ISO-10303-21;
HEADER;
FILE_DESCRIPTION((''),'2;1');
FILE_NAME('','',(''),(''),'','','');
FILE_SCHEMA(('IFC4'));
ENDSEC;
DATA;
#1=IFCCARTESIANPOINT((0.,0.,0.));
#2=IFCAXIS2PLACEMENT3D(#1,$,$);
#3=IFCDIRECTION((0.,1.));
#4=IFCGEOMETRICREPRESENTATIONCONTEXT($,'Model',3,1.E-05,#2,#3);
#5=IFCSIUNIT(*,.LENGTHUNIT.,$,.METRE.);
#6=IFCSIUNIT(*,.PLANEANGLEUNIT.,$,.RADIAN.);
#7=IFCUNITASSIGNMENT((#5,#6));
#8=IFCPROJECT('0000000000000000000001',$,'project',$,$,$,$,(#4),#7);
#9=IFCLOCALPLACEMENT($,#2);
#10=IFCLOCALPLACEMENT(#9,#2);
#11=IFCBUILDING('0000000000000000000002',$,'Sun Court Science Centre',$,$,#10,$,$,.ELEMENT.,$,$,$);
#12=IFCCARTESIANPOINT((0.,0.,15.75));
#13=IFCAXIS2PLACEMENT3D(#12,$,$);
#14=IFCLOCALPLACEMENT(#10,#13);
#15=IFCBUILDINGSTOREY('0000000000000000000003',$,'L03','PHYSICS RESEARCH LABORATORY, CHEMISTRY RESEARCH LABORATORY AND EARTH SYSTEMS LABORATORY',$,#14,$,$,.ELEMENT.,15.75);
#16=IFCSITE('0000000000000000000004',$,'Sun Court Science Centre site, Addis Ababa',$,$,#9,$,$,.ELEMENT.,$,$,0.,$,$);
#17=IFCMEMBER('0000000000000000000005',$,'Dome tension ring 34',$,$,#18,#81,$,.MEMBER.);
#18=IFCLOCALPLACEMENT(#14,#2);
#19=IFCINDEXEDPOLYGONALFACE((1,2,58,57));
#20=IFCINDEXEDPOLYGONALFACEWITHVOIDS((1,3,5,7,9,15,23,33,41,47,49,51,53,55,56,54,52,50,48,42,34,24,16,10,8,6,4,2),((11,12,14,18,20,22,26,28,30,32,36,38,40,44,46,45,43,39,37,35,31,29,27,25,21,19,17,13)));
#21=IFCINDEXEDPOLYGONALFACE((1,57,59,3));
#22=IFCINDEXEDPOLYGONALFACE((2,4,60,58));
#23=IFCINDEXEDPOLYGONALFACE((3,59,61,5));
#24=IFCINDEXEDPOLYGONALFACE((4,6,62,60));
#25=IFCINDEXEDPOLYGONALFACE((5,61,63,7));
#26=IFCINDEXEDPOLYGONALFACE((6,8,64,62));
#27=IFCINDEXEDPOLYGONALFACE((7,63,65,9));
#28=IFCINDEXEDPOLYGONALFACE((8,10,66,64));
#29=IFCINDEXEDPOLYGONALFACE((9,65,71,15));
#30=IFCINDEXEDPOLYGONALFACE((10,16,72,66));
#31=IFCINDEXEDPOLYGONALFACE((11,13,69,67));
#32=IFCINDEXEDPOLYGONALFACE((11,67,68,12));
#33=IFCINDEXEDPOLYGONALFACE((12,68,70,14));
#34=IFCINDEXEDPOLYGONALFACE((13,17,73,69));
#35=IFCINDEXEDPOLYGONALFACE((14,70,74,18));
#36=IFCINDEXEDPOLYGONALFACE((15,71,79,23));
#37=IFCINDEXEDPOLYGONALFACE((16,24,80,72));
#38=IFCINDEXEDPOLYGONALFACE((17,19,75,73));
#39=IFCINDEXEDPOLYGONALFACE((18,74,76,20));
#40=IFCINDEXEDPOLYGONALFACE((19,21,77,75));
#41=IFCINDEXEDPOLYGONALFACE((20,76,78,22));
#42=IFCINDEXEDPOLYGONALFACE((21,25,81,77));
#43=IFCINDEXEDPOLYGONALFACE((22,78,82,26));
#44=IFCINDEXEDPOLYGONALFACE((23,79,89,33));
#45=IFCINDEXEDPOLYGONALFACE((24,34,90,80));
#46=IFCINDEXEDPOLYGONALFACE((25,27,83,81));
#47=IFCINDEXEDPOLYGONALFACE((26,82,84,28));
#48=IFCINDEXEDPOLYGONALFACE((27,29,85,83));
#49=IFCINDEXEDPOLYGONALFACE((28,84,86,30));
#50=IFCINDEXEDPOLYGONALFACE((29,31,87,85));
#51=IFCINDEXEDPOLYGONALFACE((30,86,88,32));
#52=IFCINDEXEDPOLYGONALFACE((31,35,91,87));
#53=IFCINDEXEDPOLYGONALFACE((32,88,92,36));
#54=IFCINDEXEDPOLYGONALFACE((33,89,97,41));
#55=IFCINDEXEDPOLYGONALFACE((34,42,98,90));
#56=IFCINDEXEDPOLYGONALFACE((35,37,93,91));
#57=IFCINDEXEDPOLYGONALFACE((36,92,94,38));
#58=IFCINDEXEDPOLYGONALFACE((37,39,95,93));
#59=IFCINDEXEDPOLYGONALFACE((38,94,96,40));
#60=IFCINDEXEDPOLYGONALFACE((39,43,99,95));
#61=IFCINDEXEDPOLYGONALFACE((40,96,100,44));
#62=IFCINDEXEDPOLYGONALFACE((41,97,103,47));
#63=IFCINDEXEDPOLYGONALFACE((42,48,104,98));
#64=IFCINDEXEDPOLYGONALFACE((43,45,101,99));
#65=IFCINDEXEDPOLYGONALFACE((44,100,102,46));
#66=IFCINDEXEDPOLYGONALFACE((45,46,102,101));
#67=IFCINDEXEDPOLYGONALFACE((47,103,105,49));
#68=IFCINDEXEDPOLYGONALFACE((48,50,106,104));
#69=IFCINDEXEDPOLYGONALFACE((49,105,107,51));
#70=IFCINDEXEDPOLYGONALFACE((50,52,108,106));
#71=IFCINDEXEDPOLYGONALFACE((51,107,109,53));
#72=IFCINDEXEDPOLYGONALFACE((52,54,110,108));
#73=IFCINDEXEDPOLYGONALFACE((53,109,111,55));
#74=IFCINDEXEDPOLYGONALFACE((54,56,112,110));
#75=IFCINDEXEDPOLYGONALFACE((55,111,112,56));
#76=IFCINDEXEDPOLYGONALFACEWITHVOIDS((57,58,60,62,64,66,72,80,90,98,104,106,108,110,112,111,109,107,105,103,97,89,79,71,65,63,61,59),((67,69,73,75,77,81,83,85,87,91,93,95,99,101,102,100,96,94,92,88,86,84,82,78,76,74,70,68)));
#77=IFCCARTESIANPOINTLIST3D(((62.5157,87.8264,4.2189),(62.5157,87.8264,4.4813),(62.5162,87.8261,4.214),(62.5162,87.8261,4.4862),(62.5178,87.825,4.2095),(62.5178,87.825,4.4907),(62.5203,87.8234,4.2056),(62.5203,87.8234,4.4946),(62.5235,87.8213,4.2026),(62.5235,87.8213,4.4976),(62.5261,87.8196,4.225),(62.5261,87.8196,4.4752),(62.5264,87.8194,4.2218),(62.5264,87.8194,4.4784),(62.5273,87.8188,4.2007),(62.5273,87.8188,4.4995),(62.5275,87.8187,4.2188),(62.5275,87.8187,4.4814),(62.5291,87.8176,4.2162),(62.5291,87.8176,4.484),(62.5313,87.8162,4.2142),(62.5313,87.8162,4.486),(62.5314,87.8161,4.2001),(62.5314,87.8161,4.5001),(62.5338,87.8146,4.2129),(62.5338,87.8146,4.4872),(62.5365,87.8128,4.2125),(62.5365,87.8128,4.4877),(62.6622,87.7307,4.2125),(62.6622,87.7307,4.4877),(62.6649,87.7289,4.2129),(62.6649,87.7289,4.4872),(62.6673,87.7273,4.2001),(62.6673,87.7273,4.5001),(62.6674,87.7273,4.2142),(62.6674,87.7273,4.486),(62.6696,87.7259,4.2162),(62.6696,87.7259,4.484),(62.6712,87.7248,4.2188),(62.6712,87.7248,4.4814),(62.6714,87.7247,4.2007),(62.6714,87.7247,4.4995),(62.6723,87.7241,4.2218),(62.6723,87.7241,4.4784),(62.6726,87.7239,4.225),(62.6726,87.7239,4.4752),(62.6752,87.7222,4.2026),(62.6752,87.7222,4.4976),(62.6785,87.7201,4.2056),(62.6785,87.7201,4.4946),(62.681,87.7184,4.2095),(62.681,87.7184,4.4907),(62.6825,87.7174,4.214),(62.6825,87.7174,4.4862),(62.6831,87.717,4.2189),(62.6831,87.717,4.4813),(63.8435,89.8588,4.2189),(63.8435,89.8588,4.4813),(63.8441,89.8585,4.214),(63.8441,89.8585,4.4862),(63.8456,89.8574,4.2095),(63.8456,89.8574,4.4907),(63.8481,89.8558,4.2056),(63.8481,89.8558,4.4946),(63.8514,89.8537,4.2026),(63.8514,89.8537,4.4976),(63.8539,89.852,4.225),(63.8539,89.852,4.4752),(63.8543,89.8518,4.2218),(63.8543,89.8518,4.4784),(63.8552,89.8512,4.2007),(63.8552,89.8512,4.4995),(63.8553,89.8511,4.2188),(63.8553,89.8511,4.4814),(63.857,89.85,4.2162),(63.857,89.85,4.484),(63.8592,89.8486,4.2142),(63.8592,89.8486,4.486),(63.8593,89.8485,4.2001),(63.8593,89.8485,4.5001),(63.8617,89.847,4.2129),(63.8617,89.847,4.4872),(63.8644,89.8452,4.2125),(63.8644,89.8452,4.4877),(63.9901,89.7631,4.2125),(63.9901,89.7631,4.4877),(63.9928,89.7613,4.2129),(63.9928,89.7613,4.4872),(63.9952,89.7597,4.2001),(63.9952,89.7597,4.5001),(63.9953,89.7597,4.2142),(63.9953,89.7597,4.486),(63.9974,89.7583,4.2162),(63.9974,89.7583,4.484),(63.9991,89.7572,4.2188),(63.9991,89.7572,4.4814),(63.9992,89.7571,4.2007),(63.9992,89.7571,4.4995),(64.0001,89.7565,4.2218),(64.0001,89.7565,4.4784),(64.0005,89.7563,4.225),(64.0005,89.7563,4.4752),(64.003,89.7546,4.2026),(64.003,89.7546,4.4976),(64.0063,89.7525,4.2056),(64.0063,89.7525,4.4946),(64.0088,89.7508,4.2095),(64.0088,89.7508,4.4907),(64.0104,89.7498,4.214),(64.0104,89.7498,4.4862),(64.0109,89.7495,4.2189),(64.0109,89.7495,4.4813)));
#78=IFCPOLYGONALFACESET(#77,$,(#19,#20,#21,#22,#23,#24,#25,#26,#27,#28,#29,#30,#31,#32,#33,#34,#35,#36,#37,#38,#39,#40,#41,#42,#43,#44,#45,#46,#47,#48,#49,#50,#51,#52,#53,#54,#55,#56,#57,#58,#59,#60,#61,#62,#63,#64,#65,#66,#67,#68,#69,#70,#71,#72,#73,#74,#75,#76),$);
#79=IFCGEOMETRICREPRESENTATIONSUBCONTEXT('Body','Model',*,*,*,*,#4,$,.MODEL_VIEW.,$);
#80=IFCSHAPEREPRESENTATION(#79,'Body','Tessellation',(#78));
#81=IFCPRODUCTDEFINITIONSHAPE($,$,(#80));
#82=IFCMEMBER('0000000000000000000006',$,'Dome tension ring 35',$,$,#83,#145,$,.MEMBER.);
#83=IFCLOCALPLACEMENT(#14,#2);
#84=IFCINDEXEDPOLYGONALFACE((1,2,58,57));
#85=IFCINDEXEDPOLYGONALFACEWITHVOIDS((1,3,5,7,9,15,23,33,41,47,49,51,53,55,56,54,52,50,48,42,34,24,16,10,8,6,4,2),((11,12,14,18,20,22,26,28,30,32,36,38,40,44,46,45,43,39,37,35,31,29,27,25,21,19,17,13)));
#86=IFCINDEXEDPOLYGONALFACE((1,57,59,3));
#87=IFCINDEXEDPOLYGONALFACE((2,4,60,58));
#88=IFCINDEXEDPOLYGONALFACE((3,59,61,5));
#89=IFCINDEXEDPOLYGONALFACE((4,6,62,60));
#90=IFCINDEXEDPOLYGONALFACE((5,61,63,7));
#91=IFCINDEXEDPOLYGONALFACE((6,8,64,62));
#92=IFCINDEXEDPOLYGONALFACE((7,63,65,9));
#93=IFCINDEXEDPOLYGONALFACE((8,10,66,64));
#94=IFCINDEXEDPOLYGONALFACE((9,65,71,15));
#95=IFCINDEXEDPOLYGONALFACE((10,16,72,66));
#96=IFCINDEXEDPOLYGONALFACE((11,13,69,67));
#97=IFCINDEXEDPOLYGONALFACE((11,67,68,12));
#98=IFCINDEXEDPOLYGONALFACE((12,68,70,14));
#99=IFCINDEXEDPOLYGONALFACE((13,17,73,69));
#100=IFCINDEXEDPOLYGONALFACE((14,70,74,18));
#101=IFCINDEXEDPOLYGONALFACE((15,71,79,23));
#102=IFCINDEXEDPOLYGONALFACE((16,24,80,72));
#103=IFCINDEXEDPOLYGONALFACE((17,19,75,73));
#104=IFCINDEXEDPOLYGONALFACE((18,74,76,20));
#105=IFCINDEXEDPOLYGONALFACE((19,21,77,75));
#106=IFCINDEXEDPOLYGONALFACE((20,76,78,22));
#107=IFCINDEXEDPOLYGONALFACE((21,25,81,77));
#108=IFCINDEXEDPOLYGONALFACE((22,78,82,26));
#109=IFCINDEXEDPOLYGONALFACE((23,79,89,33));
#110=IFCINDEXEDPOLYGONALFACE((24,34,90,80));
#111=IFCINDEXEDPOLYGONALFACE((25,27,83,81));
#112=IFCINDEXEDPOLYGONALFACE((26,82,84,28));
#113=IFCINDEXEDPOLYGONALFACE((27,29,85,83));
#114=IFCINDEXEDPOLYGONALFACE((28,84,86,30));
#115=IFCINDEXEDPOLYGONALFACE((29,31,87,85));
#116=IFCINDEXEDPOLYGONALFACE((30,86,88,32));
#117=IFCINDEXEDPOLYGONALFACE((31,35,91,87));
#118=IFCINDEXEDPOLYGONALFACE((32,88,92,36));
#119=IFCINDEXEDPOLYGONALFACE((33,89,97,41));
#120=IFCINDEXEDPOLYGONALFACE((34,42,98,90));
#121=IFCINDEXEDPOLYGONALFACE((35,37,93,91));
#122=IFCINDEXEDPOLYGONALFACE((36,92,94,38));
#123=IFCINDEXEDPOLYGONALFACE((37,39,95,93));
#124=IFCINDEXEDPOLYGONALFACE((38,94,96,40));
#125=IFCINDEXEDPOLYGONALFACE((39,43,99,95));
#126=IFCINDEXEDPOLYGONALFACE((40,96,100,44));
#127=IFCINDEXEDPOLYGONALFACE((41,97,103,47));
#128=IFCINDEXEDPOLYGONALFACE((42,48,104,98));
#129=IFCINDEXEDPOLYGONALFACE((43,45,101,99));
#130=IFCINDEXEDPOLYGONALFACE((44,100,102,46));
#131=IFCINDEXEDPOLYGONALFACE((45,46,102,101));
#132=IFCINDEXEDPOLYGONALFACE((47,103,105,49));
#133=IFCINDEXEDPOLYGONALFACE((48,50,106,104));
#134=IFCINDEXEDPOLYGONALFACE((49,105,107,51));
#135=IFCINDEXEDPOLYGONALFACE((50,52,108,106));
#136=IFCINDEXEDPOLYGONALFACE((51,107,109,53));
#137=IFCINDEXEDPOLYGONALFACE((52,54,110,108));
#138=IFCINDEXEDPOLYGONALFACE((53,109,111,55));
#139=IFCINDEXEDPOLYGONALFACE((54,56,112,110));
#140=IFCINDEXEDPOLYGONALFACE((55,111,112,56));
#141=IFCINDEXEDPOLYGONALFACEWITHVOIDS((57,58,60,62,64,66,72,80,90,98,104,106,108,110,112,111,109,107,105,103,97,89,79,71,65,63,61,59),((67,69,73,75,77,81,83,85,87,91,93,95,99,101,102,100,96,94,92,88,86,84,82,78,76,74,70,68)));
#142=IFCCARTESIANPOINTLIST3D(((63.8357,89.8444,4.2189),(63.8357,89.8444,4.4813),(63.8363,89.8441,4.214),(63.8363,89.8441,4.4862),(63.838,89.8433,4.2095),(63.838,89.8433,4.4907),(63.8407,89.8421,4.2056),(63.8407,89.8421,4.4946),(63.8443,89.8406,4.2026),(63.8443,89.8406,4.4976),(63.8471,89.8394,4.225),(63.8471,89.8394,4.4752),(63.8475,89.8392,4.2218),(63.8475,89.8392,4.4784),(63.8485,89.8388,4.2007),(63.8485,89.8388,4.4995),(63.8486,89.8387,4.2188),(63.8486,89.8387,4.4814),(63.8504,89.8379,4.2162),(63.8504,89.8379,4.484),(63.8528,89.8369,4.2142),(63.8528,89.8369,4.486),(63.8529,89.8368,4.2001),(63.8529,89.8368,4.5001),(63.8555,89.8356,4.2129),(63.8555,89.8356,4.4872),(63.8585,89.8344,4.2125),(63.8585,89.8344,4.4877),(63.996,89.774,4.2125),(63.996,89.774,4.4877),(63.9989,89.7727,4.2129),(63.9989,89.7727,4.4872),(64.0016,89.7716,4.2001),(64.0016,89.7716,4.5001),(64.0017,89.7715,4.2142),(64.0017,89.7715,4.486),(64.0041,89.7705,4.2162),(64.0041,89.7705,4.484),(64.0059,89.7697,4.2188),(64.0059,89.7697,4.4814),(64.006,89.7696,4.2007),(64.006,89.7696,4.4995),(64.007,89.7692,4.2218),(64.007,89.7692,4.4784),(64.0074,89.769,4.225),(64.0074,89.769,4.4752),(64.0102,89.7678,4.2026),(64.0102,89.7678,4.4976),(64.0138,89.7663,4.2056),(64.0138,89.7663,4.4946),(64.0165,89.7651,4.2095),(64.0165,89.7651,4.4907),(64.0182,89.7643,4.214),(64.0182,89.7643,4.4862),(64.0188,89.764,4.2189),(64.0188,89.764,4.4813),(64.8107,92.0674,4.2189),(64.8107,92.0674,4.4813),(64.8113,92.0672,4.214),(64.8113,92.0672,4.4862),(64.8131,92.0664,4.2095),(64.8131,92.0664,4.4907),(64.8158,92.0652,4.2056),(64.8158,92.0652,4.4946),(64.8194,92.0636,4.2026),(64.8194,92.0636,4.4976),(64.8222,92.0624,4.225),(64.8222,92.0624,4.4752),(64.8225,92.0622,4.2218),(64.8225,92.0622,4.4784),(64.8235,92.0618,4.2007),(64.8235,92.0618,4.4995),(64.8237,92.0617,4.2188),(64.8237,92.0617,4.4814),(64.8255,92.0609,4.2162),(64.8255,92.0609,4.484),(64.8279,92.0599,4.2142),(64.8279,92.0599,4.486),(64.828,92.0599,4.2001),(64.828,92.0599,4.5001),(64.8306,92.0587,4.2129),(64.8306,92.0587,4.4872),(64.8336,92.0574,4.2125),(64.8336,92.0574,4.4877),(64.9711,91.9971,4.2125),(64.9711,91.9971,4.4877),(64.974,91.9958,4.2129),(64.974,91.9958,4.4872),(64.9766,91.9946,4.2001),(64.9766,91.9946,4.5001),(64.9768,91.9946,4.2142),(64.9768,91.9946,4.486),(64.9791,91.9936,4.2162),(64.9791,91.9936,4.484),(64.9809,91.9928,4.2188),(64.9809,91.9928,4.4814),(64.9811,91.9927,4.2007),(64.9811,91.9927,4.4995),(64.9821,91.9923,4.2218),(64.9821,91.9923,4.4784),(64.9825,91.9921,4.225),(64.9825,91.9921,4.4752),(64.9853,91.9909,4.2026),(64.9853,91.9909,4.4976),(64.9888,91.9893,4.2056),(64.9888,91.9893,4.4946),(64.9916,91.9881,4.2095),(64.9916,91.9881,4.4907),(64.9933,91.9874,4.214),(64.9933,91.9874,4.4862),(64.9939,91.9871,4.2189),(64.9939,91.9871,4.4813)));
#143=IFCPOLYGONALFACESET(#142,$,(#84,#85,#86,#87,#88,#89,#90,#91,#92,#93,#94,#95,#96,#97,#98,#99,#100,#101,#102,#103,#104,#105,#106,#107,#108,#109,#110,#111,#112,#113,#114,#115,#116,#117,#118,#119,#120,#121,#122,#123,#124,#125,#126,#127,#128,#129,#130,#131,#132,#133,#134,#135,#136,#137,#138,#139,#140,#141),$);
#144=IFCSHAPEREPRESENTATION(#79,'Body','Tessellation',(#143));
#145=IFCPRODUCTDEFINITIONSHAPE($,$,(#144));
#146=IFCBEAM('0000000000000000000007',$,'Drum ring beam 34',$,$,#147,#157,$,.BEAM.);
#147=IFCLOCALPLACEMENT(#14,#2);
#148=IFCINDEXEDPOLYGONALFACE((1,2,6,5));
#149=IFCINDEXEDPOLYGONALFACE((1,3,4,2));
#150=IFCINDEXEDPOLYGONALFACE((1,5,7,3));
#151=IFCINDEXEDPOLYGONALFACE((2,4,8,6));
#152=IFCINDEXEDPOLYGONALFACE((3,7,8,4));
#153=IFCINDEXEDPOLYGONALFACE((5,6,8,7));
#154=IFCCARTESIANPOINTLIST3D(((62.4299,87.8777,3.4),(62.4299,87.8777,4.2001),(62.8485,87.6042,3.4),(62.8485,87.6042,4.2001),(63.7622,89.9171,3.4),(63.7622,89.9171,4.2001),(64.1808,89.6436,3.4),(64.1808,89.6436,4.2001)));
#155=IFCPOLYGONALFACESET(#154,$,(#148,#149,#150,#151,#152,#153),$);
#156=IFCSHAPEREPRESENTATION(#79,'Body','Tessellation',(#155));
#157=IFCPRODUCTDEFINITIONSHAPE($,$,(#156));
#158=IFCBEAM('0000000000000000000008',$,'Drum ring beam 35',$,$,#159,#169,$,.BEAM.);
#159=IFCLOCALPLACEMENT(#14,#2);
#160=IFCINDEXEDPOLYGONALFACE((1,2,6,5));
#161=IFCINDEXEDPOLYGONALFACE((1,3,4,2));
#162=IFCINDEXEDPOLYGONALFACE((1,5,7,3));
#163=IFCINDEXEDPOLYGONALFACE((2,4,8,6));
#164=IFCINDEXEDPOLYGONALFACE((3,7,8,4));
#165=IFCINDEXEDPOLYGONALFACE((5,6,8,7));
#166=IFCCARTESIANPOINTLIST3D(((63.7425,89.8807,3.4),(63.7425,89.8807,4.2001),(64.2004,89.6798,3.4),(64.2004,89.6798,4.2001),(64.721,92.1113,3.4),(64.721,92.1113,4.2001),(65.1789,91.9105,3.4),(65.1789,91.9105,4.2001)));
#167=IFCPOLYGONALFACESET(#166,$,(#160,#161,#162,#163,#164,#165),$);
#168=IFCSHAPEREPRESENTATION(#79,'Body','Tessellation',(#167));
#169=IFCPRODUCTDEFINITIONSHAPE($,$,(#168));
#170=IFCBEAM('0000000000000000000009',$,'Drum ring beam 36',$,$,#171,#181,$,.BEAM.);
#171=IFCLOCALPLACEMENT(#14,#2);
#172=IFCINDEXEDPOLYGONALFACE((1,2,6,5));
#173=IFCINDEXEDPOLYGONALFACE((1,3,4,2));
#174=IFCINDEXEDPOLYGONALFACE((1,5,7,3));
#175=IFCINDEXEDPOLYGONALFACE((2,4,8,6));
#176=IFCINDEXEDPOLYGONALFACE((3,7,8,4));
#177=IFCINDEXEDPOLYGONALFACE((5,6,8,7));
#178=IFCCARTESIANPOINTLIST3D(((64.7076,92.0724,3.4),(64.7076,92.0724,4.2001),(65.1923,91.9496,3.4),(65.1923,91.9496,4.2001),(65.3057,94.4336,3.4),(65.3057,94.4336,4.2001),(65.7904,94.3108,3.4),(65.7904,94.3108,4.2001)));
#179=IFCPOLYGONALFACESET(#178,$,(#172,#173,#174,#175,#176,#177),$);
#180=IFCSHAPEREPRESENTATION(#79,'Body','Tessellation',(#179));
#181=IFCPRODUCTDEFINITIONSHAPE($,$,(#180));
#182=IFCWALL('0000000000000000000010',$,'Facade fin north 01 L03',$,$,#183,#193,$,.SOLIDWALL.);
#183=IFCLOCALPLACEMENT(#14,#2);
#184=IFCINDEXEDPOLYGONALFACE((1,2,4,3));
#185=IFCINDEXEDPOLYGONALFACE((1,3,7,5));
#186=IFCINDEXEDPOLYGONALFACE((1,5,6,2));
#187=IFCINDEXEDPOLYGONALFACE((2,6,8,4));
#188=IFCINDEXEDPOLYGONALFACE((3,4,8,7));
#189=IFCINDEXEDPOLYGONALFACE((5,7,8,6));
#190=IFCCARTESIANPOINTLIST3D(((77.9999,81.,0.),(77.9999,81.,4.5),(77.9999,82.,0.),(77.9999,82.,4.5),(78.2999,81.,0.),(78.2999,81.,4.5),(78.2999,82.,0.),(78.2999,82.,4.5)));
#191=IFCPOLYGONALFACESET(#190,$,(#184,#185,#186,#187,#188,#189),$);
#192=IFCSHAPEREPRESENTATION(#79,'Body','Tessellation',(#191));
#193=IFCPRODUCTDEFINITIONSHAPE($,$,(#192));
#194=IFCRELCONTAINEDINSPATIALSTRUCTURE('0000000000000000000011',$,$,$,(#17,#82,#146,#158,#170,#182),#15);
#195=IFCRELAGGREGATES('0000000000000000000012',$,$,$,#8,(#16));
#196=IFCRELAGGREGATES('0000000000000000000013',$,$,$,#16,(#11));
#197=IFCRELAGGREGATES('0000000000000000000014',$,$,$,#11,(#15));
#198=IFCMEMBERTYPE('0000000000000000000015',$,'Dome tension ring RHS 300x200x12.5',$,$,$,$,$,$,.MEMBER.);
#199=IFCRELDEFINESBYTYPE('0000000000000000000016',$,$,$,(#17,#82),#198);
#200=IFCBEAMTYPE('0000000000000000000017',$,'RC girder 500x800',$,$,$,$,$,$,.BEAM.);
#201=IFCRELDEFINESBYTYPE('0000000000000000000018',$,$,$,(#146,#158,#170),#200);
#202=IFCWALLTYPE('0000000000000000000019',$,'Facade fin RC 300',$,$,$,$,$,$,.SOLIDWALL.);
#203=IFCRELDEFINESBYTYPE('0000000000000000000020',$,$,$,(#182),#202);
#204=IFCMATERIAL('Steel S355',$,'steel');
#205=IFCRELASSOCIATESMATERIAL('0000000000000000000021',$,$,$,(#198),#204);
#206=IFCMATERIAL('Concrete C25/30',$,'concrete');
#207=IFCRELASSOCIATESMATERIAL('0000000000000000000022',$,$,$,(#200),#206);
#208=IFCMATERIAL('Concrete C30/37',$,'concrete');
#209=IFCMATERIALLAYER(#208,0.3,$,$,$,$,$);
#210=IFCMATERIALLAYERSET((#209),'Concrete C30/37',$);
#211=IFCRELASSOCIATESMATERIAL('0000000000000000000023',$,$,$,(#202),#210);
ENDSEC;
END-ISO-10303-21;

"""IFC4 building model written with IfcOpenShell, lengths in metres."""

from ifc_helpers import new_model, si_unit, direction, frame, frame_2d, origin, origin_2d, place, context, subcontext, project, spatial, rectangle, hollow_rectangle, extrude, material, layer, layer_set, material_profile, profile_set, type_object, element, save


model = new_model("IFC4")

# Units and contexts
model_context = context("Model", 3, precision=1e-05, world=origin(), true_north=direction((0.0, 1.0)))
body_context = subcontext(model_context, "Body", "Model", "MODEL_VIEW")
ifc_project = project(units=[si_unit("LENGTHUNIT", "METRE"), si_unit("PLANEANGLEUNIT", "RADIAN")], contexts=[model_context])

# Site, building, storey
site_placement = place(None, origin())
site = spatial("IfcSite", under=ifc_project, at=site_placement, Name="Sun Court Science Centre site, Addis Ababa", CompositionType="ELEMENT", RefElevation=0.0)
building_placement = place(site_placement, origin())
building = spatial("IfcBuilding", under=site, at=building_placement, Name="Sun Court Science Centre", CompositionType="ELEMENT")
storey_placement = place(building_placement, frame((0.0, 0.0, 15.75)))
storey = spatial("IfcBuildingStorey", under=building, at=storey_placement, Name="L03", Description="PHYSICS RESEARCH LABORATORY, CHEMISTRY RESEARCH LABORATORY AND EARTH SYSTEMS LABORATORY", CompositionType="ELEMENT", Elevation=15.75)

# Members
ifc_material_1 = material(Name="Steel S355", Category="steel")
ifc_material_profile_1 = material_profile(ifc_material_1, hollow_rectangle(XDim=0.2, YDim=0.3, WallThickness=0.0125, InnerFilletRadius=0.0125, OuterFilletRadius=0.0188, at=origin_2d()), Name="RHS 300x200x12.5")
ifc_profile_set_1 = profile_set([ifc_material_profile_1], Name="Steel S355")
member_type_1 = type_object("IfcMemberType", Name="Dome tension ring RHS 300x200x12.5", PredefinedType="MEMBER", material=ifc_profile_set_1)
member_1_placement = place(storey_placement, frame((62.5994, 87.7717, 4.3501), z_axis=(0.546949, 0.837166, 0.0), x_axis=(-0.837166, 0.546949, 0.0)))
element("IfcMember", 1, at=member_1_placement, inside=storey, type_object=member_type_1, Name="Dome tension ring 34", PredefinedType="MEMBER", context=body_context, shape_type="SweptSolid", body=[
    extrude(hollow_rectangle(XDim=0.2, YDim=0.3, WallThickness=0.0125, InnerFilletRadius=0.0125, OuterFilletRadius=0.0188, at=origin_2d()), origin(), (0.0, 0.0, 1.0), 2.4277),
])
member_2_placement = place(storey_placement, frame((63.9272, 89.8042, 4.3501), z_axis=(0.401673, 0.915783, 0.0), x_axis=(-0.915783, 0.401673, 0.0)))
element("IfcMember", 2, at=member_2_placement, inside=storey, type_object=member_type_1, Name="Dome tension ring 35", PredefinedType="MEMBER", context=body_context, shape_type="SweptSolid", body=[
    extrude(hollow_rectangle(XDim=0.2, YDim=0.3, WallThickness=0.0125, InnerFilletRadius=0.0125, OuterFilletRadius=0.0188, at=origin_2d()), origin(), (0.0, 0.0, 1.0), 2.4275),
])

# Beams
ifc_material_2 = material(Name="Concrete C25/30", Category="concrete")
ifc_material_profile_2 = material_profile(ifc_material_2, rectangle(XDim=0.5, YDim=0.8, at=origin_2d()), Name="RC 500x800")
ifc_profile_set_2 = profile_set([ifc_material_profile_2], Name="Concrete C25/30")
beam_type = type_object("IfcBeamType", Name="RC girder 500x800", PredefinedType="BEAM", material=ifc_profile_set_2)
beam_placement = place(storey_placement, frame((62.6392, 87.741, 3.8), z_axis=(0.546928, 0.83718, 0.0), x_axis=(-0.83718, 0.546928, 0.0)))
element("IfcBeam", 3, at=beam_placement, inside=storey, type_object=beam_type, Name="Drum ring beam 34", PredefinedType="BEAM", context=body_context, shape_type="SweptSolid", body=[
    extrude(rectangle(XDim=0.5, YDim=0.8, at=origin_2d()), origin(), (0.0, 0.0, 1.0), 2.436),
])
for number, where, z_axis, x_axis, name in (
    (4, (63.9714, 89.7803, 3.8), (0.401707, 0.915768, 0.0), (-0.915768, 0.401707, 0.0), "Drum ring beam 35"),
    (5, (64.95, 92.011, 3.8), (0.245553, 0.969383, 0.0), (-0.969383, 0.245553, 0.0), "Drum ring beam 36"),
):
    element("IfcBeam", number, at=place(storey_placement, frame(where, z_axis=z_axis, x_axis=x_axis)), inside=storey, type_object=beam_type, Name=name, PredefinedType="BEAM", context=body_context, shape_type="SweptSolid", body=[
        extrude(rectangle(XDim=0.5, YDim=0.8, at=origin_2d()), origin(), (0.0, 0.0, 1.0), 2.4358),
    ])

# Wall
ifc_material_3 = material(Name="Concrete C30/37", Category="concrete")
ifc_layer_1 = layer(ifc_material_3, 0.3)
ifc_layer_set_1 = layer_set([ifc_layer_1], Name="Concrete C30/37")
wall_type_1 = type_object("IfcWallType", Name="Facade fin RC 300", PredefinedType="SOLIDWALL", material=ifc_layer_set_1)
wall_1_placement = place(storey_placement, frame((78.1499, 81.0, 0.0), z_axis=(0.0, 0.0, 1.0), x_axis=(0.0, 1.0, 0.0)))
element("IfcWall", 6, at=wall_1_placement, inside=storey, type_object=wall_type_1, Name="Facade fin north 01 L03", PredefinedType="SOLIDWALL", context=body_context, shape_type="SweptSolid", body=[
    extrude(rectangle(XDim=1.0, YDim=0.3, at=frame_2d((0.5, 0.0))), origin(), (0.0, 0.0, 1.0), 4.5),
])

save(model, "model.ifc")
